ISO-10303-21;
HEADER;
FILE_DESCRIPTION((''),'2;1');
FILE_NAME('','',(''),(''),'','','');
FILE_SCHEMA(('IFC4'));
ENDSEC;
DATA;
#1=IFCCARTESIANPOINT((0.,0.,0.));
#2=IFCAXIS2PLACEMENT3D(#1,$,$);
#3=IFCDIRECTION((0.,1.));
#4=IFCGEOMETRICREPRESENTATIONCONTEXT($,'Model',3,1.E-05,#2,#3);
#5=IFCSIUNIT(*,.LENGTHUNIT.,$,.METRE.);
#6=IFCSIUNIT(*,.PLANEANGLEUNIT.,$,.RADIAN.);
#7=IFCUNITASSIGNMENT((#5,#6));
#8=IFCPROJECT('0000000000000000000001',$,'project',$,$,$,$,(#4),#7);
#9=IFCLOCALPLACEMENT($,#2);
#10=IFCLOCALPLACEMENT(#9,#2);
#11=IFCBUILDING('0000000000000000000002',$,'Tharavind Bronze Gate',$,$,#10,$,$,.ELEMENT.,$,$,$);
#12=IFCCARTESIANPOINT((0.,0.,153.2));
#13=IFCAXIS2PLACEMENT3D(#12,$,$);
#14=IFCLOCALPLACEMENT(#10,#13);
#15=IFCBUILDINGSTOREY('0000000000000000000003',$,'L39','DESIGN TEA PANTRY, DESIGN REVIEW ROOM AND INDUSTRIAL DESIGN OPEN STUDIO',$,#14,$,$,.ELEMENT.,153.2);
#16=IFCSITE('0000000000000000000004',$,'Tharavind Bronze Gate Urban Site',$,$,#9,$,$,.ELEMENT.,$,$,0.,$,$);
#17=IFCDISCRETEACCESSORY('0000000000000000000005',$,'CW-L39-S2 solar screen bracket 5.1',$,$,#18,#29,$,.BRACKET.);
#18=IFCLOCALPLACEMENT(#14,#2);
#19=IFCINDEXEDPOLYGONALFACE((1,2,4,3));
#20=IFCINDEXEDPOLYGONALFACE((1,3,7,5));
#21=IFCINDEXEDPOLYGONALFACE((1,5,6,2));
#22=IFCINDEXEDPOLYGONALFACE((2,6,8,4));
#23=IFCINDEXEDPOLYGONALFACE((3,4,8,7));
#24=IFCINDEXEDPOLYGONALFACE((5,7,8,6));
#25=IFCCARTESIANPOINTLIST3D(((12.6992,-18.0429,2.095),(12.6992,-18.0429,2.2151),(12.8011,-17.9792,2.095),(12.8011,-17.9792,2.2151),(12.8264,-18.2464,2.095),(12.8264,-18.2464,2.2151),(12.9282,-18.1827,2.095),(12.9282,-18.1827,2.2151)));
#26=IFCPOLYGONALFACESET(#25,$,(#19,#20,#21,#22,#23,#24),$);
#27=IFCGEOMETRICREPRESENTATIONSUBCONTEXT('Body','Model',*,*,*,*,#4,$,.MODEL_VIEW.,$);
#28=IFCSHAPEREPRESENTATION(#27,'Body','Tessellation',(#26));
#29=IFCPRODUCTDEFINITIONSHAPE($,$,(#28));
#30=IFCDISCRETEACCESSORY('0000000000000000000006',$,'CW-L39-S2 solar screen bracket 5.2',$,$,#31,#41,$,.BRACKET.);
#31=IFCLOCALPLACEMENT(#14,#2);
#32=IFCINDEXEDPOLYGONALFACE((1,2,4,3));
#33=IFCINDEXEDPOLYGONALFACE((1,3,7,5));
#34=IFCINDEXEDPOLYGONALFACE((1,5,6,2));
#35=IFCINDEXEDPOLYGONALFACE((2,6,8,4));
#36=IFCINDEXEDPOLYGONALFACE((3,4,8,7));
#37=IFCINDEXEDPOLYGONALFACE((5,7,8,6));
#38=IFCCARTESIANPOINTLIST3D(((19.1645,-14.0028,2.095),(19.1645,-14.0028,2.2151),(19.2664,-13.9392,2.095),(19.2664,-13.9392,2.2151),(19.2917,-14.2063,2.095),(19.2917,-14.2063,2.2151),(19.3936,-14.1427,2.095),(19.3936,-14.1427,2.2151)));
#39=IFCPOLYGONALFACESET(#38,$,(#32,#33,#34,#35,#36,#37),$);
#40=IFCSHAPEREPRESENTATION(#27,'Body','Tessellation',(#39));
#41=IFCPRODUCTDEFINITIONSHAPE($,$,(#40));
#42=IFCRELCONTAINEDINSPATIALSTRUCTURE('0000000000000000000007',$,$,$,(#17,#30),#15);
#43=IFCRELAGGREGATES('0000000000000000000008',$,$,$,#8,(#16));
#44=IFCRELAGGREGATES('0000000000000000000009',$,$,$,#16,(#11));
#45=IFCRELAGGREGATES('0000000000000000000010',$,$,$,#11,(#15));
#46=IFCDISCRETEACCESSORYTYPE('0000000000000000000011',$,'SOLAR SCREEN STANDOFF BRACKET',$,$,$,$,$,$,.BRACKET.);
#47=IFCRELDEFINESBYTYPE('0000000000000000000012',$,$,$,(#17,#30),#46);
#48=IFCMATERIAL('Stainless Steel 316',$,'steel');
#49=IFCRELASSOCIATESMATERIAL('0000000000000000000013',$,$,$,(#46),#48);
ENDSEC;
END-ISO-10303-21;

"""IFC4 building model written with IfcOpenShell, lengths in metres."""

from ifc_helpers import new_model, si_unit, direction, frame, origin, origin_2d, place, context, subcontext, project, spatial, rectangle, extrude, material, type_object, element, save


model = new_model("IFC4")

# Units and contexts
model_context = context("Model", 3, precision=1e-05, world=origin(), true_north=direction((0.0, 1.0)))
body_context = subcontext(model_context, "Body", "Model", "MODEL_VIEW")
ifc_project = project(units=[si_unit("LENGTHUNIT", "METRE"), si_unit("PLANEANGLEUNIT", "RADIAN")], contexts=[model_context])

# Site, building, storey
site_placement = place(None, origin())
site = spatial("IfcSite", under=ifc_project, at=site_placement, Name="Tharavind Bronze Gate Urban Site", CompositionType="ELEMENT", RefElevation=0.0)
building_placement = place(site_placement, origin())
building = spatial("IfcBuilding", under=site, at=building_placement, Name="Tharavind Bronze Gate", CompositionType="ELEMENT")
storey_placement = place(building_placement, frame((0.0, 0.0, 153.2)))
storey = spatial("IfcBuildingStorey", under=building, at=storey_placement, Name="L39", Description="DESIGN TEA PANTRY, DESIGN REVIEW ROOM AND INDUSTRIAL DESIGN OPEN STUDIO", CompositionType="ELEMENT", Elevation=153.2)

# Discrete accessories
ifc_material_1 = material(Name="Stainless Steel 316", Category="steel")
discrete_accessory_type = type_object("IfcDiscreteAccessoryType", Name="SOLAR SCREEN STANDOFF BRACKET", PredefinedType="BRACKET", material=ifc_material_1)
for number, where, z_axis, x_axis, name in (
    (1, (12.8137, -18.1128, 2.095), (0.0, 0.0, 1.0), (0.848048, 0.529919, 0.0), "CW-L39-S2 solar screen bracket 5.1"),
    (2, (19.2791, -14.0728, 2.095), (0.0, 0.0, 1.0), (0.848048, 0.529919, 0.0), "CW-L39-S2 solar screen bracket 5.2"),
):
    element("IfcDiscreteAccessory", number, at=place(storey_placement, frame(where, z_axis=z_axis, x_axis=x_axis)), inside=storey, type_object=discrete_accessory_type, Name=name, PredefinedType="BRACKET", context=body_context, shape_type="SweptSolid", body=[
        extrude(rectangle(XDim=0.1201, YDim=0.24, at=origin_2d()), origin(), (0.0, 0.0, 1.0), 0.1201),
    ])

save(model, "model.ifc")
